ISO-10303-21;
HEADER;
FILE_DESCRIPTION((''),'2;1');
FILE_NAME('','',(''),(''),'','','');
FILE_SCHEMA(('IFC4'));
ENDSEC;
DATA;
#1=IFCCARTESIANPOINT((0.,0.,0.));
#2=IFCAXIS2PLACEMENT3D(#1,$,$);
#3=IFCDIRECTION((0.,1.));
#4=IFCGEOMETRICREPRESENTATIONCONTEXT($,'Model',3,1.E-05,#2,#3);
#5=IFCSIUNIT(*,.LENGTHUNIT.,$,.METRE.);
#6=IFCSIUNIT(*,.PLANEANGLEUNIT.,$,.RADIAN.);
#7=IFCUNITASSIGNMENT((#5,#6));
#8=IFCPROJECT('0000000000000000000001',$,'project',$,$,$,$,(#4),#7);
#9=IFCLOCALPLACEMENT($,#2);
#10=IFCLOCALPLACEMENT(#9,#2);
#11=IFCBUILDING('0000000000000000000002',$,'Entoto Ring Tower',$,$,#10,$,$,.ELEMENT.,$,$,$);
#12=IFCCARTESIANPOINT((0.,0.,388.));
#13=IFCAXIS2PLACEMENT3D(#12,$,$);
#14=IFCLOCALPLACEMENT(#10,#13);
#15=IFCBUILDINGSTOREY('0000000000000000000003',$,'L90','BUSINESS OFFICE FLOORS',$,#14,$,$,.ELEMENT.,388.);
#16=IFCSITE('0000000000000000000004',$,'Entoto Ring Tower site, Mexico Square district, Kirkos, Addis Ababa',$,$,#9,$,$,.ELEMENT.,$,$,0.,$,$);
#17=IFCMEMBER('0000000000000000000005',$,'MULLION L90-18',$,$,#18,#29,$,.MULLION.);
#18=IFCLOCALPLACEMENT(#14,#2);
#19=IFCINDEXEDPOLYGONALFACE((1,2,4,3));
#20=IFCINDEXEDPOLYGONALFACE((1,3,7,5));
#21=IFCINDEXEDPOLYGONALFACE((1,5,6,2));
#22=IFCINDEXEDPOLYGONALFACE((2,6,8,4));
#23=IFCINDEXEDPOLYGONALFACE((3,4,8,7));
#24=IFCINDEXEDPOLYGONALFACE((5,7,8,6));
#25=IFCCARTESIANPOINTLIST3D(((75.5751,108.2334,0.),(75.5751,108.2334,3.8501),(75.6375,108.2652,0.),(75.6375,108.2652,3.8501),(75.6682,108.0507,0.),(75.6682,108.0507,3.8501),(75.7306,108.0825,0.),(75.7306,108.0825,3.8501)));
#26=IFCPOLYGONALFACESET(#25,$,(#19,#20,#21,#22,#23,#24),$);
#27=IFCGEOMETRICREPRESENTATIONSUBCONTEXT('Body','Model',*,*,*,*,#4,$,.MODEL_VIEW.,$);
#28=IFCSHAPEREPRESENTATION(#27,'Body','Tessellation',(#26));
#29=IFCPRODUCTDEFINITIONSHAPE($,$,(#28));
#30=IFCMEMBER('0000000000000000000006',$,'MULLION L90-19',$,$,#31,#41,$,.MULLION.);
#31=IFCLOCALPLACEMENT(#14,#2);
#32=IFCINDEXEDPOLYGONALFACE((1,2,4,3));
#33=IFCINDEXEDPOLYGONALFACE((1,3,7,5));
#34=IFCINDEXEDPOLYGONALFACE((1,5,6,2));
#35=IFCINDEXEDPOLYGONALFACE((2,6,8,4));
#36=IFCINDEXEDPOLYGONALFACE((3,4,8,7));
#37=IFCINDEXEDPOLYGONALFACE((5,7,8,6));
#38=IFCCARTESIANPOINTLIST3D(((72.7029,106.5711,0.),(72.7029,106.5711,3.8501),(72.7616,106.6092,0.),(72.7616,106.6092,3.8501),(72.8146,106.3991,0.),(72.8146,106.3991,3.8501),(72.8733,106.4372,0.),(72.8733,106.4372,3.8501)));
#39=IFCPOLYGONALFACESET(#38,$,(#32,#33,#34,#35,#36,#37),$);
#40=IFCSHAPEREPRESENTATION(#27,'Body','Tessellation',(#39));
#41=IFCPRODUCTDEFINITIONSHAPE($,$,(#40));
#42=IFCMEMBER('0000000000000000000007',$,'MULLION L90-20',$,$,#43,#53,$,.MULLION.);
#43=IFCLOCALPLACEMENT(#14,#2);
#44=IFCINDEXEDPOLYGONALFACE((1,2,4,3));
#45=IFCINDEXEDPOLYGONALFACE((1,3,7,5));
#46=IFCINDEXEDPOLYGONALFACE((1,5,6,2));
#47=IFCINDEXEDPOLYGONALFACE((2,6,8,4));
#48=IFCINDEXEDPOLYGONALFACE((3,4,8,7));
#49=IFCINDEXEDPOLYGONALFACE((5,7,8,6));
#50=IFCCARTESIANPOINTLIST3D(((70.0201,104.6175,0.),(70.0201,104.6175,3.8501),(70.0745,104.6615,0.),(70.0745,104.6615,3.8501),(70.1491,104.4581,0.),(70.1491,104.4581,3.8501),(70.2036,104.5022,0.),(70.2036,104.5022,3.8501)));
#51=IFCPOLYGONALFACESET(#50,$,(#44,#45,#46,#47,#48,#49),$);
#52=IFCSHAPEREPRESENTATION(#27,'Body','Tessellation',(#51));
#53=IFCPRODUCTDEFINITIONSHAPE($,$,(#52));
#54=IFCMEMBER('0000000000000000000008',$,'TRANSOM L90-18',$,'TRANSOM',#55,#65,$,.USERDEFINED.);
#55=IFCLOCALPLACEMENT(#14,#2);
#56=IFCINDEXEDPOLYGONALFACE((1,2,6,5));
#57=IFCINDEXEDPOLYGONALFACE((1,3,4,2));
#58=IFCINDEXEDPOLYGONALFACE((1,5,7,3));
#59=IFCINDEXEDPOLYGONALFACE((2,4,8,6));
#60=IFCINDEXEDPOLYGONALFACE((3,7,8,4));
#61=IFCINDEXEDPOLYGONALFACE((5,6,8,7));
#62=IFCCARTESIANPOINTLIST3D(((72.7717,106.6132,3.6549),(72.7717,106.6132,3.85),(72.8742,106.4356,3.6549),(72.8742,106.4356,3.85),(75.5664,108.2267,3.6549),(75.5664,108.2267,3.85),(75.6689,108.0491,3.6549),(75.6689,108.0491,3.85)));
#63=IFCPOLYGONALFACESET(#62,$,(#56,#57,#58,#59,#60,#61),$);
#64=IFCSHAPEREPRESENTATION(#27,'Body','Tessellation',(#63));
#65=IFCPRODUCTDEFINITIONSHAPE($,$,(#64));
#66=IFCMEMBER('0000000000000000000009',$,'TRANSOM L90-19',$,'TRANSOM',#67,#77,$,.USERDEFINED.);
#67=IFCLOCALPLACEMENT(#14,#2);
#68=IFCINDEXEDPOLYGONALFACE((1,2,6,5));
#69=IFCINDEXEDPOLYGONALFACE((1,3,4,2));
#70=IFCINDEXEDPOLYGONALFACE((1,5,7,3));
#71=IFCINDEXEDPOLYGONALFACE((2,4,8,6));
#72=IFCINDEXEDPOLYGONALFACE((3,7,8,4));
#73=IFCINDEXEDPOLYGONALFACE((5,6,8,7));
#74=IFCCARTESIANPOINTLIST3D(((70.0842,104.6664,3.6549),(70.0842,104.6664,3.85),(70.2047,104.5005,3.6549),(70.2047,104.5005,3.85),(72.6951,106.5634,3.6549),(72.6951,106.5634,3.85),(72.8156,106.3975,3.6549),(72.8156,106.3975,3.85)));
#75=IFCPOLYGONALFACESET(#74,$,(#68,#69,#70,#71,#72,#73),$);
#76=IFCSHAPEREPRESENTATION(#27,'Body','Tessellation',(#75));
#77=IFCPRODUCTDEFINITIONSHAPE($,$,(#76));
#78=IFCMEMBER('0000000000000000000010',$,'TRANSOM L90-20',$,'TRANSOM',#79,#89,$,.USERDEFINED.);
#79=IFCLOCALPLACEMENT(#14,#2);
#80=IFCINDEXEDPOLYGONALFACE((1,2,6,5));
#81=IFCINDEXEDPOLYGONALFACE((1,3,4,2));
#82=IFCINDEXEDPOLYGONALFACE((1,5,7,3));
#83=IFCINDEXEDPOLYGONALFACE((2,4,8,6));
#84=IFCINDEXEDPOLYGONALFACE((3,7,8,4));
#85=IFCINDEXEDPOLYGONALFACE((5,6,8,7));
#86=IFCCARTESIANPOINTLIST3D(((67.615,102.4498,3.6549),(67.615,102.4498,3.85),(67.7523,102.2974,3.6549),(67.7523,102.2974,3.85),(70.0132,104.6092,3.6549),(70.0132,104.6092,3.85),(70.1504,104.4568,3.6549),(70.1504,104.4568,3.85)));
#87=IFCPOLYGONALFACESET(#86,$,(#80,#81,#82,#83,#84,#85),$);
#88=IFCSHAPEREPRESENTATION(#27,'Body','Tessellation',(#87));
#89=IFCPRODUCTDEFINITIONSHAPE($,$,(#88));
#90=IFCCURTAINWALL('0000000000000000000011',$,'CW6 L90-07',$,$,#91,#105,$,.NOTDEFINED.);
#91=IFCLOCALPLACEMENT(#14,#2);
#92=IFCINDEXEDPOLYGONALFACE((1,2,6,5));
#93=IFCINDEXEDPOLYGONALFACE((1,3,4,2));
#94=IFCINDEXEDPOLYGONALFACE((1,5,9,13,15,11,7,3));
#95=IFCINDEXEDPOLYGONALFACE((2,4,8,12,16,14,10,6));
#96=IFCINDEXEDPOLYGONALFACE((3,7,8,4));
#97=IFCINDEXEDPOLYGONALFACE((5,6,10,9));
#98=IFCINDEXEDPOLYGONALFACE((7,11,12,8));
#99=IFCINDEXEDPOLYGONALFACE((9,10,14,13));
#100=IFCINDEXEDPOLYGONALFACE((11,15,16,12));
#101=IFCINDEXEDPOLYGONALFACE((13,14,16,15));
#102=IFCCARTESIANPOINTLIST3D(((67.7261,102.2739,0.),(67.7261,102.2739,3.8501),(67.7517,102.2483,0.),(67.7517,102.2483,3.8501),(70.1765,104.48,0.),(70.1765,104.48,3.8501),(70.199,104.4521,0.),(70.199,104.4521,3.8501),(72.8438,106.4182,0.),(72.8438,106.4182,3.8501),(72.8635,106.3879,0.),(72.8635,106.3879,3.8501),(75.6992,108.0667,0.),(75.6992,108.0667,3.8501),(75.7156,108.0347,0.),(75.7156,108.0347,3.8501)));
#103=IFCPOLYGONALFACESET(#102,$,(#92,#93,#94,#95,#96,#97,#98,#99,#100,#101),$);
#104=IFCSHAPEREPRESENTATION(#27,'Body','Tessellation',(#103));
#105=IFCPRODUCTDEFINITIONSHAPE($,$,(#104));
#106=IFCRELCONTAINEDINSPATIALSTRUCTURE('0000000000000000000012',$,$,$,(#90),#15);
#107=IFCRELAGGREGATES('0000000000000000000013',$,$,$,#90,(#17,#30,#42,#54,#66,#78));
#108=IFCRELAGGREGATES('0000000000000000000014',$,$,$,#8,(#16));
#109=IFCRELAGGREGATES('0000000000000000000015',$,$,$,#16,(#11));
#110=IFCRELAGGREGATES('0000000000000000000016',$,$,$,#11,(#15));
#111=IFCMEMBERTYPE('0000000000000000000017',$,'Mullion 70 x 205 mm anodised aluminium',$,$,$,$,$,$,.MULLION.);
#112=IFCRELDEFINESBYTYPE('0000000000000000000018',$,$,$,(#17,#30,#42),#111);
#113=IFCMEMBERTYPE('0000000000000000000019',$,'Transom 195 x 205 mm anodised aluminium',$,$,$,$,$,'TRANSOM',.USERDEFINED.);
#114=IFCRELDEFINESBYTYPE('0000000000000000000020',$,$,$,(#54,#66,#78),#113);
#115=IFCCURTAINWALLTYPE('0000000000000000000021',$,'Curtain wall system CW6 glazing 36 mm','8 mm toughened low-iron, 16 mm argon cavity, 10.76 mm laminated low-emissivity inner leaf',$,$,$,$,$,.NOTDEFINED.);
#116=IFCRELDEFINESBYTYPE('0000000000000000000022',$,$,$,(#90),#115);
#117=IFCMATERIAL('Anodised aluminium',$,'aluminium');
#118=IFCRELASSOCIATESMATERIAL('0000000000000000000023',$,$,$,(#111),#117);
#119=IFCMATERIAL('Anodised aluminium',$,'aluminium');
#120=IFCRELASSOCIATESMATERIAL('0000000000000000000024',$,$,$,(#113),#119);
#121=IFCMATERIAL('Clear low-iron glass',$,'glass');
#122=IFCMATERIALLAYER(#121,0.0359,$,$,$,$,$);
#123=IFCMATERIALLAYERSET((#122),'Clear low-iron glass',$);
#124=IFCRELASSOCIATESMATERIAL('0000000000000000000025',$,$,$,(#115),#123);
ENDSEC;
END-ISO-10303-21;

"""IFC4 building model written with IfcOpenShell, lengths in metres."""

from ifc_helpers import new_model, si_unit, direction, frame, origin, origin_2d, place, context, subcontext, project, spatial, polyline, rectangle, outline, extrude, material, layer, layer_set, material_profile, profile_set, type_object, element, aggregate, save


model = new_model("IFC4")

# Units and contexts
model_context = context("Model", 3, precision=1e-05, world=origin(), true_north=direction((0.0, 1.0)))
body_context = subcontext(model_context, "Body", "Model", "MODEL_VIEW")
ifc_project = project(units=[si_unit("LENGTHUNIT", "METRE"), si_unit("PLANEANGLEUNIT", "RADIAN")], contexts=[model_context])

# Members
ifc_material_1 = material(Name="Anodised aluminium", Category="aluminium")
ifc_material_profile_1 = material_profile(ifc_material_1, rectangle(XDim=0.0701, YDim=0.2051, at=origin_2d()), Name="Mullion 70 x 205 mm anodised aluminium")
ifc_profile_set_1 = profile_set([ifc_material_profile_1], Name="Anodised aluminium")
member_type_1 = type_object("IfcMemberType", Name="Mullion 70 x 205 mm anodised aluminium", PredefinedType="MULLION", material=ifc_profile_set_1)
site_placement = place(None, origin())
building_placement = place(site_placement, origin())
storey_placement = place(building_placement, frame((0.0, 0.0, 388.0)))
member_1_placement = place(storey_placement, frame((75.6528, 108.158, 0.0), z_axis=(0.0, 0.0, 1.0), x_axis=(-0.891007, -0.45399, 0.0)))
member_1 = element("IfcMember", 1, at=member_1_placement, type_object=member_type_1, Name="MULLION L90-18", PredefinedType="MULLION", context=body_context, shape_type="SweptSolid", body=[
    extrude(rectangle(XDim=0.0701, YDim=0.2051, at=origin_2d()), origin(), (0.0, 0.0, 1.0), 3.8501),
])
member_2_placement = place(storey_placement, frame((72.7881, 106.5042, 0.0), z_axis=(0.0, 0.0, 1.0), x_axis=(-0.838671, -0.544639, 0.0)))
member_2 = element("IfcMember", 2, at=member_2_placement, type_object=member_type_1, Name="MULLION L90-19", PredefinedType="MULLION", context=body_context, shape_type="SweptSolid", body=[
    extrude(rectangle(XDim=0.0701, YDim=0.2051, at=origin_2d()), origin(), (0.0, 0.0, 1.0), 3.8501),
])
member_3_placement = place(storey_placement, frame((70.1118, 104.5598, 0.0), z_axis=(0.0, 0.0, 1.0), x_axis=(-0.777146, -0.62932, 0.0)))
member_3 = element("IfcMember", 3, at=member_3_placement, type_object=member_type_1, Name="MULLION L90-20", PredefinedType="MULLION", context=body_context, shape_type="SweptSolid", body=[
    extrude(rectangle(XDim=0.0701, YDim=0.2051, at=origin_2d()), origin(), (0.0, 0.0, 1.0), 3.8501),
])
ifc_material_2 = material(Name="Anodised aluminium", Category="aluminium")
ifc_material_profile_2 = material_profile(ifc_material_2, rectangle(XDim=0.2051, YDim=0.1951, at=origin_2d()), Name="Transom 195 x 205 mm anodised aluminium")
ifc_profile_set_2 = profile_set([ifc_material_profile_2], Name="Anodised aluminium")
member_type_2 = type_object("IfcMemberType", Name="Transom 195 x 205 mm anodised aluminium", ElementType="TRANSOM", PredefinedType="USERDEFINED", material=ifc_profile_set_2)
member_4_placement = place(storey_placement, frame((75.6177, 108.1379, 3.7524), z_axis=(-0.866023, -0.500004, 0.0), x_axis=(0.500004, -0.866023, 0.0)))
member_4 = element("IfcMember", 4, at=member_4_placement, type_object=member_type_2, Name="TRANSOM L90-18", ObjectType="TRANSOM", PredefinedType="USERDEFINED", context=body_context, shape_type="SweptSolid", body=[
    extrude(rectangle(XDim=0.2051, YDim=0.1951, at=origin_2d()), origin(), (0.0, 0.0, 1.0), 3.2271),
])
member_5_placement = place(storey_placement, frame((72.7554, 106.4805, 3.7524), z_axis=(-0.809004, -0.587803, 0.0), x_axis=(0.587803, -0.809004, 0.0)))
member_5 = element("IfcMember", 5, at=member_5_placement, type_object=member_type_2, Name="TRANSOM L90-19", ObjectType="TRANSOM", PredefinedType="USERDEFINED", context=body_context, shape_type="SweptSolid", body=[
    extrude(rectangle(XDim=0.2051, YDim=0.1951, at=origin_2d()), origin(), (0.0, 0.0, 1.0), 3.2273),
])
member_6_placement = place(storey_placement, frame((70.0818, 104.533, 3.7524), z_axis=(-0.743132, -0.669144, 0.0), x_axis=(0.669144, -0.743132, 0.0)))
member_6 = element("IfcMember", 6, at=member_6_placement, type_object=member_type_2, Name="TRANSOM L90-20", ObjectType="TRANSOM", PredefinedType="USERDEFINED", context=body_context, shape_type="SweptSolid", body=[
    extrude(rectangle(XDim=0.2051, YDim=0.1951, at=origin_2d()), origin(), (0.0, 0.0, 1.0), 3.2271),
])

# Site, building, storey
site = spatial("IfcSite", under=ifc_project, at=site_placement, Name="Entoto Ring Tower site, Mexico Square district, Kirkos, Addis Ababa", CompositionType="ELEMENT", RefElevation=0.0)
building = spatial("IfcBuilding", under=site, at=building_placement, Name="Entoto Ring Tower", CompositionType="ELEMENT")
storey = spatial("IfcBuildingStorey", under=building, at=storey_placement, Name="L90", Description="BUSINESS OFFICE FLOORS", CompositionType="ELEMENT", Elevation=388.0)

# Curtain wall
ifc_material_3 = material(Name="Clear low-iron glass", Category="glass")
ifc_layer = layer(ifc_material_3, 0.0359)
ifc_layer_set = layer_set([ifc_layer], Name="Clear low-iron glass")
curtain_wall_type = type_object("IfcCurtainWallType", Name="Curtain wall system CW6 glazing 36 mm", Description="8 mm toughened low-iron, 16 mm argon cavity, 10.76 mm laminated low-emissivity inner leaf", PredefinedType="NOTDEFINED", material=ifc_layer_set)
curtain_wall_1_placement = place(storey_placement, origin())
curtain_wall_1 = element("IfcCurtainWall", 7, at=curtain_wall_1_placement, inside=storey, type_object=curtain_wall_type, Name="CW6 L90-07", PredefinedType="NOTDEFINED", context=body_context, shape_type="SweptSolid", body=[
    extrude(outline(polyline([(75.6992, 108.0667), (72.8438, 106.4182), (70.1765, 104.48), (67.7261, 102.2739), (67.7517, 102.2483), (70.199, 104.4521), (72.8635, 106.3879), (75.7156, 108.0347), (75.6992, 108.0667)])), origin(), (0.0, 0.0, 1.0), 3.8501),
])
aggregate(curtain_wall_1, [member_1, member_2, member_3, member_4, member_5, member_6])

save(model, "model.ifc")
